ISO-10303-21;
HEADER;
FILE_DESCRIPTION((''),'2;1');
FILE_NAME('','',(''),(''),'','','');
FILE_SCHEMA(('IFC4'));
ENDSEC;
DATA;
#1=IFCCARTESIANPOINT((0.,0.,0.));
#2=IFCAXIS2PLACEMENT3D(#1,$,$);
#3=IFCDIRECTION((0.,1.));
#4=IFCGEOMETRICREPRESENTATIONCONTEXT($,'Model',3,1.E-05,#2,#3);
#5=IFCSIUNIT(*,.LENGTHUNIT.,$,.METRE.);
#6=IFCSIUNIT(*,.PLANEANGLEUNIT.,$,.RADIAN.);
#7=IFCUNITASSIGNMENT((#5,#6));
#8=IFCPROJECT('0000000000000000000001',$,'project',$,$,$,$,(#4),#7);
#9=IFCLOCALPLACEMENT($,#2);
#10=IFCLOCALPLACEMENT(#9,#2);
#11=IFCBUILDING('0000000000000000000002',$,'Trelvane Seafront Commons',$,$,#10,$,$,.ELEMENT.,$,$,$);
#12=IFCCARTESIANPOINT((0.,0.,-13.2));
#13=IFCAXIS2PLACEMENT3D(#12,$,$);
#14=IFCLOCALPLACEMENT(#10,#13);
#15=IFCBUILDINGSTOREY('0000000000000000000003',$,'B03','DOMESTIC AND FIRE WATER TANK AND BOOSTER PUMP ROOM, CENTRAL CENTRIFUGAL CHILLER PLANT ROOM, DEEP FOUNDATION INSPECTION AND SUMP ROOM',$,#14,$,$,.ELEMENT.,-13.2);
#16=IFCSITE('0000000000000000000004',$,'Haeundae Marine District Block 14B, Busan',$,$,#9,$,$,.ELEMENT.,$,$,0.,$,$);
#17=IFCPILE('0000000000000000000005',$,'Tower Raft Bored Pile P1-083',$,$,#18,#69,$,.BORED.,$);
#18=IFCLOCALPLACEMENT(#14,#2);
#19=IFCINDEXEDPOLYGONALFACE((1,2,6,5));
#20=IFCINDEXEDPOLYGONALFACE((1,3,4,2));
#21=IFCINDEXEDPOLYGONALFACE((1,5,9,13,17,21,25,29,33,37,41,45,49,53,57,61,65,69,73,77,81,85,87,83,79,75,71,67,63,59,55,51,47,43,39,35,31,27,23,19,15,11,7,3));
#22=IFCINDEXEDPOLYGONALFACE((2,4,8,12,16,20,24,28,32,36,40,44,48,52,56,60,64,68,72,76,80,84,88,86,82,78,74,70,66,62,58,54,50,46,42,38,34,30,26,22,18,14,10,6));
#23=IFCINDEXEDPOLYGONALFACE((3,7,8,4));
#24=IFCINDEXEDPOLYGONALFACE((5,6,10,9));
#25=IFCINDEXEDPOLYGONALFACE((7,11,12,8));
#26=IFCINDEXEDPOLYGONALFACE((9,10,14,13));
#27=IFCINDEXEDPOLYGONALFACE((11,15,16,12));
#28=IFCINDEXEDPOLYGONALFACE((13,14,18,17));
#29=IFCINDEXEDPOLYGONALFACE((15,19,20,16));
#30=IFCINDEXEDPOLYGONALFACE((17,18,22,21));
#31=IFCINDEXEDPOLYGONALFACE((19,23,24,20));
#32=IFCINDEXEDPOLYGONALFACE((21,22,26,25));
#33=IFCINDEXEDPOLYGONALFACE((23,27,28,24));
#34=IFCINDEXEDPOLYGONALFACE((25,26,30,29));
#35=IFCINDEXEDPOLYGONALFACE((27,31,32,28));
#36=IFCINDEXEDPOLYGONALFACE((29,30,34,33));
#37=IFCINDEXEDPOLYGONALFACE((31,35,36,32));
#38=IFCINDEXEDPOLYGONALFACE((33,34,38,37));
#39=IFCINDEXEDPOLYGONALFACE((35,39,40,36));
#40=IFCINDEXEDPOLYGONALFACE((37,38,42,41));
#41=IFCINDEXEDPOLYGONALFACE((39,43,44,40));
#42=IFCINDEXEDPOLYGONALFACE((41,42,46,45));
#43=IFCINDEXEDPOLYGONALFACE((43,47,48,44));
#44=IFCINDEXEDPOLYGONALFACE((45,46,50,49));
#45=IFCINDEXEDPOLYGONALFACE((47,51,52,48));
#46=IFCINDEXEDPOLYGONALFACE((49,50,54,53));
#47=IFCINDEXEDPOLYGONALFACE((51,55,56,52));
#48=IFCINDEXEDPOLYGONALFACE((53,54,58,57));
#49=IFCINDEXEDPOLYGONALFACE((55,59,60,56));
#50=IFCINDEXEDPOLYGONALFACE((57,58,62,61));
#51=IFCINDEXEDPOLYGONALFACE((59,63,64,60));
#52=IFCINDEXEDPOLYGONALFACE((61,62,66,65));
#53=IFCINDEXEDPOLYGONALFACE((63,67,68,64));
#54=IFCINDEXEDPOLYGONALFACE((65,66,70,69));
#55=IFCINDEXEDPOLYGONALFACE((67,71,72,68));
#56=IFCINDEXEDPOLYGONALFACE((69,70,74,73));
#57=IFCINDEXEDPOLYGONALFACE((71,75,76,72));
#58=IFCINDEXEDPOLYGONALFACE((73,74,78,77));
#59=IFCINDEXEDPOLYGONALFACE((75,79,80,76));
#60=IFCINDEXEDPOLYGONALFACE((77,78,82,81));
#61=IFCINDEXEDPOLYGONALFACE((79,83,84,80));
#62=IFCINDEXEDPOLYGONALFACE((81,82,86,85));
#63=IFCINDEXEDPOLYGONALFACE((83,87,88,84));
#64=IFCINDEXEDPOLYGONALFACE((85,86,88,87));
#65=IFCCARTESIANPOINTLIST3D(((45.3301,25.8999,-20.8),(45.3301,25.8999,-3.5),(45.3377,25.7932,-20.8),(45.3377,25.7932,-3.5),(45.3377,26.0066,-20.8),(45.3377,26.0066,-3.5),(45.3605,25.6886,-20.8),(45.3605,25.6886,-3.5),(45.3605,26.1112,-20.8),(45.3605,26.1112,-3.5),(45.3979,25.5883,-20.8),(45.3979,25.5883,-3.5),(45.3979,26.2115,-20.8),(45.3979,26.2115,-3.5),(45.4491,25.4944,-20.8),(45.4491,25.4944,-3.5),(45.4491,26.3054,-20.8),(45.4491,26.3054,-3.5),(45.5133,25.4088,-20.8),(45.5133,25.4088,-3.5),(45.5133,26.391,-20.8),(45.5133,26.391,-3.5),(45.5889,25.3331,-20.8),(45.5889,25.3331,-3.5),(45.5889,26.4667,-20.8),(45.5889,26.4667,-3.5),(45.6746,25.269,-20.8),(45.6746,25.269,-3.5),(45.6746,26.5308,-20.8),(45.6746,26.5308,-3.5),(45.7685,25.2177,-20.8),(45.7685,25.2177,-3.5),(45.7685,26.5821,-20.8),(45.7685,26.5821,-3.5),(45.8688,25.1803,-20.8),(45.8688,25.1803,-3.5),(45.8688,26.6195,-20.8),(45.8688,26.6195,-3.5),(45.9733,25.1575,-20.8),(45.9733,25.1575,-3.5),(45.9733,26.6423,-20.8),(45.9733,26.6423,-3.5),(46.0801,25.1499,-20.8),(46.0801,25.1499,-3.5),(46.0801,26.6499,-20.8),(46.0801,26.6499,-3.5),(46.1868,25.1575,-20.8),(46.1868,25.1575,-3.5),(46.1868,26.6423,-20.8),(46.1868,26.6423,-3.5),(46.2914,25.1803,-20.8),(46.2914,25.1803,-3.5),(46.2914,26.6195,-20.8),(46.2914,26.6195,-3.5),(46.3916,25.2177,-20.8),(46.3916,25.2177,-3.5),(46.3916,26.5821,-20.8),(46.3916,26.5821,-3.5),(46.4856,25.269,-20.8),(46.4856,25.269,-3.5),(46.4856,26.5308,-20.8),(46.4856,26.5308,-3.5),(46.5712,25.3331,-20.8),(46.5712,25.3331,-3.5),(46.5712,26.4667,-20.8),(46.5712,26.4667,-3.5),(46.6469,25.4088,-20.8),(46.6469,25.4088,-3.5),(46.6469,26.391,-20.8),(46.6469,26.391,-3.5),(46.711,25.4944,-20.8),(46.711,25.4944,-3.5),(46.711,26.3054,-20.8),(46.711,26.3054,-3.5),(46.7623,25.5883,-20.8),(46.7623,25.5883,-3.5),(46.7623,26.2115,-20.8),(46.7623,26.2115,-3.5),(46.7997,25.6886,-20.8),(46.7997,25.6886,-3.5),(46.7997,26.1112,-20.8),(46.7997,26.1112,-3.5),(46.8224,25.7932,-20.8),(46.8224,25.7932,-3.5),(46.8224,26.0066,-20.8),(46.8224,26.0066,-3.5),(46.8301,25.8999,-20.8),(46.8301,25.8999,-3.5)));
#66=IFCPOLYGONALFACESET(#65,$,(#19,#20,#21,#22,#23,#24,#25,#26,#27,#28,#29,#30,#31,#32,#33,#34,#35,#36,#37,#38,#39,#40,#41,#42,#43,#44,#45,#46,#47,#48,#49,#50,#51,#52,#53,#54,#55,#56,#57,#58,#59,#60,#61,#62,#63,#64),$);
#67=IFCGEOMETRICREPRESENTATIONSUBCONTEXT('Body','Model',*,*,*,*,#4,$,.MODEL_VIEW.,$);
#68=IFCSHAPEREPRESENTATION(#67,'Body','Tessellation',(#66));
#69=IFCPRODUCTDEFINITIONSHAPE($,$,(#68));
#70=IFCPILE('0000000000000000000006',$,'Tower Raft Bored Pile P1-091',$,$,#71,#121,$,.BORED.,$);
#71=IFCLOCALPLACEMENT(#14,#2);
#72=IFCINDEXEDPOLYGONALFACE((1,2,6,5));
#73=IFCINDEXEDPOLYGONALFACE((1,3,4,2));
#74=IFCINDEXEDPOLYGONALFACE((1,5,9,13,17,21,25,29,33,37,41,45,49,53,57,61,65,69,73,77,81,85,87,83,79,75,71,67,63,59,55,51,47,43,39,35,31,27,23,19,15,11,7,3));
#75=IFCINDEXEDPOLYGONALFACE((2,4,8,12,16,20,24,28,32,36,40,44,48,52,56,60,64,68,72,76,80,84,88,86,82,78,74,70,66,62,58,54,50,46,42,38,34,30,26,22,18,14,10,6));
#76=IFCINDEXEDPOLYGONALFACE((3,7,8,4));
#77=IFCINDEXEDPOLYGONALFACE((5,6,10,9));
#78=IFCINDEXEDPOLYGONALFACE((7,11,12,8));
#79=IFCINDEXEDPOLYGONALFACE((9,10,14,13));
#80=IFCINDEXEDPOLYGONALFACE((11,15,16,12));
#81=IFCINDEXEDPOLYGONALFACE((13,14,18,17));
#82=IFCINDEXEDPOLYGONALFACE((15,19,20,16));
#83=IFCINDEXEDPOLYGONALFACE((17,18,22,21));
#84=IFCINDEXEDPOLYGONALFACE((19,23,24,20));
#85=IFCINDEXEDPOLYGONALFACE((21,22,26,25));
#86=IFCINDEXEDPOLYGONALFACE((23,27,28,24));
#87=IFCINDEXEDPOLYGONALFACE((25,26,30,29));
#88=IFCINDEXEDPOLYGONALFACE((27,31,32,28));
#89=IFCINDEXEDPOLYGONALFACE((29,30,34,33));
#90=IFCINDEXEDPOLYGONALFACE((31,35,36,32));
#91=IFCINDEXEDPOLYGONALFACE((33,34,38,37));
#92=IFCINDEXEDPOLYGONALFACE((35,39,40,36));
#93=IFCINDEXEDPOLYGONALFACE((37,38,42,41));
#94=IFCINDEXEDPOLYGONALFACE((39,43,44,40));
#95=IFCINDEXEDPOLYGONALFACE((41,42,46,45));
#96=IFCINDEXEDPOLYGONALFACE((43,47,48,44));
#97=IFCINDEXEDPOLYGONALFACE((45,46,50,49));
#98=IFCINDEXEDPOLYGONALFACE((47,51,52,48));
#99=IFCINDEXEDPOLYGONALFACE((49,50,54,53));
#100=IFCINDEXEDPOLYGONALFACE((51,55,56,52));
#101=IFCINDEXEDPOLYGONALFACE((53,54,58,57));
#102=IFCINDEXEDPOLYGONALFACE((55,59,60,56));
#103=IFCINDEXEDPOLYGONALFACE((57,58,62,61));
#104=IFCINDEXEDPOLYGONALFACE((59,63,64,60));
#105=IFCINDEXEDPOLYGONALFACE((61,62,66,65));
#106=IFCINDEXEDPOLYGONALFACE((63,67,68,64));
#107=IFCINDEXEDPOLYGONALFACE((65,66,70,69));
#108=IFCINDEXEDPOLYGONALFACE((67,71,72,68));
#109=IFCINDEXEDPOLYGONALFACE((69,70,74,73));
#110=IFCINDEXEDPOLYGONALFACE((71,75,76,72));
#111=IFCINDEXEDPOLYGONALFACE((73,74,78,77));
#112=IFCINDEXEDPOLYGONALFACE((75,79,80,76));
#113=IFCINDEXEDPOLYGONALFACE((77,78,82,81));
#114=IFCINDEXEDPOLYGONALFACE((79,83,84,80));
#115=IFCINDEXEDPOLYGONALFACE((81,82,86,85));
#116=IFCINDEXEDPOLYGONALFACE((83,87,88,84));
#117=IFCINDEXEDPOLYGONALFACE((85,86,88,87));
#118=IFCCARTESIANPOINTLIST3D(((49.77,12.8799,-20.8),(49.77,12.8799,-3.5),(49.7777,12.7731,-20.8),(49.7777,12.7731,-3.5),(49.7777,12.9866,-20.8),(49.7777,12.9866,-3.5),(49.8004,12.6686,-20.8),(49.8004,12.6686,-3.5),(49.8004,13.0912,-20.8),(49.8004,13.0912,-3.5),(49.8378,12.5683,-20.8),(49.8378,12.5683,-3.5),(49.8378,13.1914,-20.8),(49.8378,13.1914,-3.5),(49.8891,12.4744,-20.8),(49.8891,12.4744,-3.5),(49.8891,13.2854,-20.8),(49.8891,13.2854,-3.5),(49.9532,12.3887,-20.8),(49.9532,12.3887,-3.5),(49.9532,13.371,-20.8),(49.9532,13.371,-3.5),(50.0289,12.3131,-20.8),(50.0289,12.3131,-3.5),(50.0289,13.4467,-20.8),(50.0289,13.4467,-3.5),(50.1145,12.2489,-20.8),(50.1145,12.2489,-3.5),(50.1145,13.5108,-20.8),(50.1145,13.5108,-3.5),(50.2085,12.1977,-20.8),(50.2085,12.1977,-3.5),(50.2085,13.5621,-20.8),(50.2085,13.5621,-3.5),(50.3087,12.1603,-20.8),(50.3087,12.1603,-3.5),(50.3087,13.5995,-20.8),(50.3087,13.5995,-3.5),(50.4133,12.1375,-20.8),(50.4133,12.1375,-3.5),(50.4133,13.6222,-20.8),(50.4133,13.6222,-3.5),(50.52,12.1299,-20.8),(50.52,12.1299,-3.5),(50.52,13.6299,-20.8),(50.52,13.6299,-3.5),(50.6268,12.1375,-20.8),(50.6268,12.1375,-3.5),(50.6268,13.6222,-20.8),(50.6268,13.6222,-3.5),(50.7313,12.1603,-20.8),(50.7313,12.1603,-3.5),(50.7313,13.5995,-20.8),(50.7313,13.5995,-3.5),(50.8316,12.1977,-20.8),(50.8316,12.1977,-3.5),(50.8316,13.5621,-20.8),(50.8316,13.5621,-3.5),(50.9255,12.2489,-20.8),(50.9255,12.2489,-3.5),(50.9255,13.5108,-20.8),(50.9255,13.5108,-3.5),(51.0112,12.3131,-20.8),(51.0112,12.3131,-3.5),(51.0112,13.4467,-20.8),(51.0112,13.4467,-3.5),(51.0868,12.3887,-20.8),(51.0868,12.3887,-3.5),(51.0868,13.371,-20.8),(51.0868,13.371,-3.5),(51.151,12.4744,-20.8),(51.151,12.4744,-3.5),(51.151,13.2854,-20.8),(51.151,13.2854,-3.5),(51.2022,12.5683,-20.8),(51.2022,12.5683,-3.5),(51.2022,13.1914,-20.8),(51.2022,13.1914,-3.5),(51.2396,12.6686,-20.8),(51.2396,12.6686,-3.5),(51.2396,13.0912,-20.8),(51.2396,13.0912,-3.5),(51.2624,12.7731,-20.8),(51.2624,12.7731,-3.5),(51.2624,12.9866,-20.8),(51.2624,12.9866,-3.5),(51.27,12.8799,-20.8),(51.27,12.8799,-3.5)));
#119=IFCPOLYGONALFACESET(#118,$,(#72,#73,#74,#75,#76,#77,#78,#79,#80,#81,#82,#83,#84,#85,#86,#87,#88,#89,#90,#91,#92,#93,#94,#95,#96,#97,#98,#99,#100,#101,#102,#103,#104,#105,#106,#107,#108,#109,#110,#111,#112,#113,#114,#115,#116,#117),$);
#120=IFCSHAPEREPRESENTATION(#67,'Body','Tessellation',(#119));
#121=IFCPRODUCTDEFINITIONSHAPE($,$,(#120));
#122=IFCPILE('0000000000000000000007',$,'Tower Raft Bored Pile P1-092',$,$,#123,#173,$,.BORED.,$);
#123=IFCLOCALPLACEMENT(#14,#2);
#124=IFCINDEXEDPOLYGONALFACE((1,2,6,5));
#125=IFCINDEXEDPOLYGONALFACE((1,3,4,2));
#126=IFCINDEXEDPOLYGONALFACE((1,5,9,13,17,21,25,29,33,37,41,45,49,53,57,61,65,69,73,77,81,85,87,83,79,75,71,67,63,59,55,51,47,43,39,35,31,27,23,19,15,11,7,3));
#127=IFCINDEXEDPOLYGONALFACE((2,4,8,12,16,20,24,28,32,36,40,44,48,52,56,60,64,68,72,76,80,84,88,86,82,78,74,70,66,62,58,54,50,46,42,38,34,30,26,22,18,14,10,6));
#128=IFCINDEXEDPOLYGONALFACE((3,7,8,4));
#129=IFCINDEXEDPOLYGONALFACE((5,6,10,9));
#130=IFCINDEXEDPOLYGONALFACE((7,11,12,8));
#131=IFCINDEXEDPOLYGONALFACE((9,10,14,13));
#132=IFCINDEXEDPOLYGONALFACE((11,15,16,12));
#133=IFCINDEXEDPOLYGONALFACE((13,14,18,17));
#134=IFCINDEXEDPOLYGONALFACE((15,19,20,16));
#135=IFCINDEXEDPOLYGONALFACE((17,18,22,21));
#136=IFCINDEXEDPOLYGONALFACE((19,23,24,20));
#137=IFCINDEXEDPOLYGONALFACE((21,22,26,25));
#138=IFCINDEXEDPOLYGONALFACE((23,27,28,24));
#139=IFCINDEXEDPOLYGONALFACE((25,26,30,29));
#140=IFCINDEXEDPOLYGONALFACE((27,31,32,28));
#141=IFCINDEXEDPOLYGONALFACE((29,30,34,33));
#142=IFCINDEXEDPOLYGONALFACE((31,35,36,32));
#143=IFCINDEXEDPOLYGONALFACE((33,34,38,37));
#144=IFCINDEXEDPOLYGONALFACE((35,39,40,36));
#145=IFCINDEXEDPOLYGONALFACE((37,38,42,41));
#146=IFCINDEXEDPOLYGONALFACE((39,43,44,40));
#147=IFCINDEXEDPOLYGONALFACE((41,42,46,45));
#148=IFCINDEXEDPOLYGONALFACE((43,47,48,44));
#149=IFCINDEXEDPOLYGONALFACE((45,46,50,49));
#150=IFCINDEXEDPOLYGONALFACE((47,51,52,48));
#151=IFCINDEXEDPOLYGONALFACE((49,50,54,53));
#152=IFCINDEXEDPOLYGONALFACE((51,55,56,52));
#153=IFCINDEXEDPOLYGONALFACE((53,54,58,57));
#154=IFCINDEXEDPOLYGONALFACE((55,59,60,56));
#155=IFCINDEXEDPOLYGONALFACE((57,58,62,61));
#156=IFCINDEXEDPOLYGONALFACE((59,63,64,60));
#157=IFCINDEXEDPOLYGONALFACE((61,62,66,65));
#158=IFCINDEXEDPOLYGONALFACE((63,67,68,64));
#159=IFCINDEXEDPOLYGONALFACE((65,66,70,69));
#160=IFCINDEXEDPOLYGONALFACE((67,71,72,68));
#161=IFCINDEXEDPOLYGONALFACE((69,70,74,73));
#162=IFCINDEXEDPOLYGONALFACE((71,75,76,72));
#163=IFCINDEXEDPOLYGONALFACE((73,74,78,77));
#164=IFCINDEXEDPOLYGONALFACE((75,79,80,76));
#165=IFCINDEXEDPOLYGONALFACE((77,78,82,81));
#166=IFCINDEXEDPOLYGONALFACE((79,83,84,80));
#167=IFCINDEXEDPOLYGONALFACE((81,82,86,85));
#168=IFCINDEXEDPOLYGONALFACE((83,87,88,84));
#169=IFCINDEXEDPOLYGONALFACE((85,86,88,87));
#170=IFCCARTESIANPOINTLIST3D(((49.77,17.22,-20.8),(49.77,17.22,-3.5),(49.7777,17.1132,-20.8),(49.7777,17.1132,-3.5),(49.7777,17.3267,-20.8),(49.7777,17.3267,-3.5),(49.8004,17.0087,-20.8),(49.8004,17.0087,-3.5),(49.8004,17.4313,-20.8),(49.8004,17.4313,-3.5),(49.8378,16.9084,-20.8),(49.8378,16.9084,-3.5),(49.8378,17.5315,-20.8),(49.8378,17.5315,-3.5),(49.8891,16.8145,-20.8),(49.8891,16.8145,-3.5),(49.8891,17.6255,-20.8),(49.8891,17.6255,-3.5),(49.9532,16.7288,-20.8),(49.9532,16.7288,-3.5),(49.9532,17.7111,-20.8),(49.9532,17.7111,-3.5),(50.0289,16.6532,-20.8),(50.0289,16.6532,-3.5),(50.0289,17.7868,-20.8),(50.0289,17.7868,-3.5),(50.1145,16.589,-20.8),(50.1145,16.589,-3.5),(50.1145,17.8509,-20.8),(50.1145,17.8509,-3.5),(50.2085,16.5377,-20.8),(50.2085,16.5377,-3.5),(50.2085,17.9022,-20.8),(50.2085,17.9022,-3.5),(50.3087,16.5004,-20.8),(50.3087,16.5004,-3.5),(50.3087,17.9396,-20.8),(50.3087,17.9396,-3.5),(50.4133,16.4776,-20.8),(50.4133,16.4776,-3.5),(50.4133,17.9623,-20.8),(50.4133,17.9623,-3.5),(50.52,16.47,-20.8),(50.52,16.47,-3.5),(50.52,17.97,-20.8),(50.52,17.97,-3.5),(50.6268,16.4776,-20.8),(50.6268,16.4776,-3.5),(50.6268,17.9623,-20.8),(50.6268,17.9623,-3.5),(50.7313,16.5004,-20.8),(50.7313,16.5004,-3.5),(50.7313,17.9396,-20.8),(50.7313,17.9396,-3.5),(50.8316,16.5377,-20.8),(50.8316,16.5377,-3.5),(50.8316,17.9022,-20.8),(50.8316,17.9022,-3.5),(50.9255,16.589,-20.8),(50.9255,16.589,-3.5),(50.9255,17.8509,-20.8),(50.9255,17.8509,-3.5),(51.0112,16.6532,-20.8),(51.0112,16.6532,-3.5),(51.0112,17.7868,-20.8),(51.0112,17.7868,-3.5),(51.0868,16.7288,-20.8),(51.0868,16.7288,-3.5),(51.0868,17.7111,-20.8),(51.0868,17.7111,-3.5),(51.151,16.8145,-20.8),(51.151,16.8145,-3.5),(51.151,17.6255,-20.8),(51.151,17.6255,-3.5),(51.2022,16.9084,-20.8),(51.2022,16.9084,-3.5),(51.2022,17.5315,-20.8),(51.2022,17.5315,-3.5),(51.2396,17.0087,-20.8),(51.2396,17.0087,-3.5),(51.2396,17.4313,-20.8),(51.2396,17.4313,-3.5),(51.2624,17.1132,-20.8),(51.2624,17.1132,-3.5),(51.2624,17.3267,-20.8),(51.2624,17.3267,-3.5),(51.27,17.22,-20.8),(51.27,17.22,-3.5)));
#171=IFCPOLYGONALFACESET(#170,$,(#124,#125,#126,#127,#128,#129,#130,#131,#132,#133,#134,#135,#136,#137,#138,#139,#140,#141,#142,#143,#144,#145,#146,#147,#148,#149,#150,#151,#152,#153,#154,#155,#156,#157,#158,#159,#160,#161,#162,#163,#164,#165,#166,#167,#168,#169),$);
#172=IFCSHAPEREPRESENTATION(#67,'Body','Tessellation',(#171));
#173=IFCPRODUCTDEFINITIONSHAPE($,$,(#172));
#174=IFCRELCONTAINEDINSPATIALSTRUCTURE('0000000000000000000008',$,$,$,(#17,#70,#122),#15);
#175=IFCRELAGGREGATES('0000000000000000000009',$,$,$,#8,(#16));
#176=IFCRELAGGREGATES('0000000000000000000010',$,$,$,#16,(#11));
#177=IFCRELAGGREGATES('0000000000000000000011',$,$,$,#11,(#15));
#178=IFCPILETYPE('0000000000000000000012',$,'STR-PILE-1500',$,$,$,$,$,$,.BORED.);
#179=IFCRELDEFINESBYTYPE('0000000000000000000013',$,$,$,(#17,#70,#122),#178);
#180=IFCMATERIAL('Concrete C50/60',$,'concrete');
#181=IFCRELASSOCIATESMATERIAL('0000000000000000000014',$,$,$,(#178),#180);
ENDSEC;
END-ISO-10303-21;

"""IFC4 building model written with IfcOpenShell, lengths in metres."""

from ifc_helpers import new_model, si_unit, direction, frame, origin, origin_2d, place, context, subcontext, project, spatial, circle, extrude, source, transform, mapped, material, material_profile, profile_set, type_object, element, save


model = new_model("IFC4")

# Units and contexts
model_context = context("Model", 3, precision=1e-05, world=origin(), true_north=direction((0.0, 1.0)))
body_context = subcontext(model_context, "Body", "Model", "MODEL_VIEW")
ifc_project = project(units=[si_unit("LENGTHUNIT", "METRE"), si_unit("PLANEANGLEUNIT", "RADIAN")], contexts=[model_context])

# Site, building, storey
site_placement = place(None, origin())
site = spatial("IfcSite", under=ifc_project, at=site_placement, Name="Haeundae Marine District Block 14B, Busan", CompositionType="ELEMENT", RefElevation=0.0)
building_placement = place(site_placement, origin())
building = spatial("IfcBuilding", under=site, at=building_placement, Name="Trelvane Seafront Commons", CompositionType="ELEMENT")
storey_placement = place(building_placement, frame((0.0, 0.0, -13.2)))
storey = spatial("IfcBuildingStorey", under=building, at=storey_placement, Name="B03", Description="DOMESTIC AND FIRE WATER TANK AND BOOSTER PUMP ROOM, CENTRAL CENTRIFUGAL CHILLER PLANT ROOM, DEEP FOUNDATION INSPECTION AND SUMP ROOM", CompositionType="ELEMENT", Elevation=-13.2)

# Piles
ifc_material_1 = material(Name="Concrete C50/60", Category="concrete")
ifc_material_profile_1 = material_profile(ifc_material_1, circle(Radius=0.75, at=origin_2d()), Name="PILE-1500")
ifc_profile_set_1 = profile_set([ifc_material_profile_1], Name="Concrete C50/60")
pile_type = type_object("IfcPileType", Name="STR-PILE-1500", PredefinedType="BORED", material=ifc_profile_set_1)
shared_shape_1 = source(origin(), body_context, "Body", "SweptSolid", [
    extrude(circle(Radius=0.75, at=origin_2d()), origin(), (0.0, 0.0, 1.0), 17.3),
])
for number, where, z_axis, x_axis, name in (
    (1, (46.0801, 25.8999, -3.5), (0.0, 0.0, -1.0), (1.0, 0.0, 0.0), "Tower Raft Bored Pile P1-083"),
    (2, (50.52, 12.8799, -3.5), (0.0, 0.0, -1.0), (1.0, 0.0, 0.0), "Tower Raft Bored Pile P1-091"),
    (3, (50.52, 17.22, -3.5), (0.0, 0.0, -1.0), (1.0, 0.0, 0.0), "Tower Raft Bored Pile P1-092"),
):
    element("IfcPile", number, at=place(storey_placement, frame(where, z_axis=z_axis, x_axis=x_axis)), inside=storey, type_object=pile_type, Name=name, PredefinedType="BORED", context=body_context, shape_type="MappedRepresentation", body=[
        mapped(shared_shape_1, transform((0.0, 0.0, 0.0), x_axis=(1.0, 0.0, 0.0), y_axis=(0.0, 1.0, 0.0), z_axis=(0.0, 0.0, 1.0), scale=1.0)),
    ])

save(model, "model.ifc")
